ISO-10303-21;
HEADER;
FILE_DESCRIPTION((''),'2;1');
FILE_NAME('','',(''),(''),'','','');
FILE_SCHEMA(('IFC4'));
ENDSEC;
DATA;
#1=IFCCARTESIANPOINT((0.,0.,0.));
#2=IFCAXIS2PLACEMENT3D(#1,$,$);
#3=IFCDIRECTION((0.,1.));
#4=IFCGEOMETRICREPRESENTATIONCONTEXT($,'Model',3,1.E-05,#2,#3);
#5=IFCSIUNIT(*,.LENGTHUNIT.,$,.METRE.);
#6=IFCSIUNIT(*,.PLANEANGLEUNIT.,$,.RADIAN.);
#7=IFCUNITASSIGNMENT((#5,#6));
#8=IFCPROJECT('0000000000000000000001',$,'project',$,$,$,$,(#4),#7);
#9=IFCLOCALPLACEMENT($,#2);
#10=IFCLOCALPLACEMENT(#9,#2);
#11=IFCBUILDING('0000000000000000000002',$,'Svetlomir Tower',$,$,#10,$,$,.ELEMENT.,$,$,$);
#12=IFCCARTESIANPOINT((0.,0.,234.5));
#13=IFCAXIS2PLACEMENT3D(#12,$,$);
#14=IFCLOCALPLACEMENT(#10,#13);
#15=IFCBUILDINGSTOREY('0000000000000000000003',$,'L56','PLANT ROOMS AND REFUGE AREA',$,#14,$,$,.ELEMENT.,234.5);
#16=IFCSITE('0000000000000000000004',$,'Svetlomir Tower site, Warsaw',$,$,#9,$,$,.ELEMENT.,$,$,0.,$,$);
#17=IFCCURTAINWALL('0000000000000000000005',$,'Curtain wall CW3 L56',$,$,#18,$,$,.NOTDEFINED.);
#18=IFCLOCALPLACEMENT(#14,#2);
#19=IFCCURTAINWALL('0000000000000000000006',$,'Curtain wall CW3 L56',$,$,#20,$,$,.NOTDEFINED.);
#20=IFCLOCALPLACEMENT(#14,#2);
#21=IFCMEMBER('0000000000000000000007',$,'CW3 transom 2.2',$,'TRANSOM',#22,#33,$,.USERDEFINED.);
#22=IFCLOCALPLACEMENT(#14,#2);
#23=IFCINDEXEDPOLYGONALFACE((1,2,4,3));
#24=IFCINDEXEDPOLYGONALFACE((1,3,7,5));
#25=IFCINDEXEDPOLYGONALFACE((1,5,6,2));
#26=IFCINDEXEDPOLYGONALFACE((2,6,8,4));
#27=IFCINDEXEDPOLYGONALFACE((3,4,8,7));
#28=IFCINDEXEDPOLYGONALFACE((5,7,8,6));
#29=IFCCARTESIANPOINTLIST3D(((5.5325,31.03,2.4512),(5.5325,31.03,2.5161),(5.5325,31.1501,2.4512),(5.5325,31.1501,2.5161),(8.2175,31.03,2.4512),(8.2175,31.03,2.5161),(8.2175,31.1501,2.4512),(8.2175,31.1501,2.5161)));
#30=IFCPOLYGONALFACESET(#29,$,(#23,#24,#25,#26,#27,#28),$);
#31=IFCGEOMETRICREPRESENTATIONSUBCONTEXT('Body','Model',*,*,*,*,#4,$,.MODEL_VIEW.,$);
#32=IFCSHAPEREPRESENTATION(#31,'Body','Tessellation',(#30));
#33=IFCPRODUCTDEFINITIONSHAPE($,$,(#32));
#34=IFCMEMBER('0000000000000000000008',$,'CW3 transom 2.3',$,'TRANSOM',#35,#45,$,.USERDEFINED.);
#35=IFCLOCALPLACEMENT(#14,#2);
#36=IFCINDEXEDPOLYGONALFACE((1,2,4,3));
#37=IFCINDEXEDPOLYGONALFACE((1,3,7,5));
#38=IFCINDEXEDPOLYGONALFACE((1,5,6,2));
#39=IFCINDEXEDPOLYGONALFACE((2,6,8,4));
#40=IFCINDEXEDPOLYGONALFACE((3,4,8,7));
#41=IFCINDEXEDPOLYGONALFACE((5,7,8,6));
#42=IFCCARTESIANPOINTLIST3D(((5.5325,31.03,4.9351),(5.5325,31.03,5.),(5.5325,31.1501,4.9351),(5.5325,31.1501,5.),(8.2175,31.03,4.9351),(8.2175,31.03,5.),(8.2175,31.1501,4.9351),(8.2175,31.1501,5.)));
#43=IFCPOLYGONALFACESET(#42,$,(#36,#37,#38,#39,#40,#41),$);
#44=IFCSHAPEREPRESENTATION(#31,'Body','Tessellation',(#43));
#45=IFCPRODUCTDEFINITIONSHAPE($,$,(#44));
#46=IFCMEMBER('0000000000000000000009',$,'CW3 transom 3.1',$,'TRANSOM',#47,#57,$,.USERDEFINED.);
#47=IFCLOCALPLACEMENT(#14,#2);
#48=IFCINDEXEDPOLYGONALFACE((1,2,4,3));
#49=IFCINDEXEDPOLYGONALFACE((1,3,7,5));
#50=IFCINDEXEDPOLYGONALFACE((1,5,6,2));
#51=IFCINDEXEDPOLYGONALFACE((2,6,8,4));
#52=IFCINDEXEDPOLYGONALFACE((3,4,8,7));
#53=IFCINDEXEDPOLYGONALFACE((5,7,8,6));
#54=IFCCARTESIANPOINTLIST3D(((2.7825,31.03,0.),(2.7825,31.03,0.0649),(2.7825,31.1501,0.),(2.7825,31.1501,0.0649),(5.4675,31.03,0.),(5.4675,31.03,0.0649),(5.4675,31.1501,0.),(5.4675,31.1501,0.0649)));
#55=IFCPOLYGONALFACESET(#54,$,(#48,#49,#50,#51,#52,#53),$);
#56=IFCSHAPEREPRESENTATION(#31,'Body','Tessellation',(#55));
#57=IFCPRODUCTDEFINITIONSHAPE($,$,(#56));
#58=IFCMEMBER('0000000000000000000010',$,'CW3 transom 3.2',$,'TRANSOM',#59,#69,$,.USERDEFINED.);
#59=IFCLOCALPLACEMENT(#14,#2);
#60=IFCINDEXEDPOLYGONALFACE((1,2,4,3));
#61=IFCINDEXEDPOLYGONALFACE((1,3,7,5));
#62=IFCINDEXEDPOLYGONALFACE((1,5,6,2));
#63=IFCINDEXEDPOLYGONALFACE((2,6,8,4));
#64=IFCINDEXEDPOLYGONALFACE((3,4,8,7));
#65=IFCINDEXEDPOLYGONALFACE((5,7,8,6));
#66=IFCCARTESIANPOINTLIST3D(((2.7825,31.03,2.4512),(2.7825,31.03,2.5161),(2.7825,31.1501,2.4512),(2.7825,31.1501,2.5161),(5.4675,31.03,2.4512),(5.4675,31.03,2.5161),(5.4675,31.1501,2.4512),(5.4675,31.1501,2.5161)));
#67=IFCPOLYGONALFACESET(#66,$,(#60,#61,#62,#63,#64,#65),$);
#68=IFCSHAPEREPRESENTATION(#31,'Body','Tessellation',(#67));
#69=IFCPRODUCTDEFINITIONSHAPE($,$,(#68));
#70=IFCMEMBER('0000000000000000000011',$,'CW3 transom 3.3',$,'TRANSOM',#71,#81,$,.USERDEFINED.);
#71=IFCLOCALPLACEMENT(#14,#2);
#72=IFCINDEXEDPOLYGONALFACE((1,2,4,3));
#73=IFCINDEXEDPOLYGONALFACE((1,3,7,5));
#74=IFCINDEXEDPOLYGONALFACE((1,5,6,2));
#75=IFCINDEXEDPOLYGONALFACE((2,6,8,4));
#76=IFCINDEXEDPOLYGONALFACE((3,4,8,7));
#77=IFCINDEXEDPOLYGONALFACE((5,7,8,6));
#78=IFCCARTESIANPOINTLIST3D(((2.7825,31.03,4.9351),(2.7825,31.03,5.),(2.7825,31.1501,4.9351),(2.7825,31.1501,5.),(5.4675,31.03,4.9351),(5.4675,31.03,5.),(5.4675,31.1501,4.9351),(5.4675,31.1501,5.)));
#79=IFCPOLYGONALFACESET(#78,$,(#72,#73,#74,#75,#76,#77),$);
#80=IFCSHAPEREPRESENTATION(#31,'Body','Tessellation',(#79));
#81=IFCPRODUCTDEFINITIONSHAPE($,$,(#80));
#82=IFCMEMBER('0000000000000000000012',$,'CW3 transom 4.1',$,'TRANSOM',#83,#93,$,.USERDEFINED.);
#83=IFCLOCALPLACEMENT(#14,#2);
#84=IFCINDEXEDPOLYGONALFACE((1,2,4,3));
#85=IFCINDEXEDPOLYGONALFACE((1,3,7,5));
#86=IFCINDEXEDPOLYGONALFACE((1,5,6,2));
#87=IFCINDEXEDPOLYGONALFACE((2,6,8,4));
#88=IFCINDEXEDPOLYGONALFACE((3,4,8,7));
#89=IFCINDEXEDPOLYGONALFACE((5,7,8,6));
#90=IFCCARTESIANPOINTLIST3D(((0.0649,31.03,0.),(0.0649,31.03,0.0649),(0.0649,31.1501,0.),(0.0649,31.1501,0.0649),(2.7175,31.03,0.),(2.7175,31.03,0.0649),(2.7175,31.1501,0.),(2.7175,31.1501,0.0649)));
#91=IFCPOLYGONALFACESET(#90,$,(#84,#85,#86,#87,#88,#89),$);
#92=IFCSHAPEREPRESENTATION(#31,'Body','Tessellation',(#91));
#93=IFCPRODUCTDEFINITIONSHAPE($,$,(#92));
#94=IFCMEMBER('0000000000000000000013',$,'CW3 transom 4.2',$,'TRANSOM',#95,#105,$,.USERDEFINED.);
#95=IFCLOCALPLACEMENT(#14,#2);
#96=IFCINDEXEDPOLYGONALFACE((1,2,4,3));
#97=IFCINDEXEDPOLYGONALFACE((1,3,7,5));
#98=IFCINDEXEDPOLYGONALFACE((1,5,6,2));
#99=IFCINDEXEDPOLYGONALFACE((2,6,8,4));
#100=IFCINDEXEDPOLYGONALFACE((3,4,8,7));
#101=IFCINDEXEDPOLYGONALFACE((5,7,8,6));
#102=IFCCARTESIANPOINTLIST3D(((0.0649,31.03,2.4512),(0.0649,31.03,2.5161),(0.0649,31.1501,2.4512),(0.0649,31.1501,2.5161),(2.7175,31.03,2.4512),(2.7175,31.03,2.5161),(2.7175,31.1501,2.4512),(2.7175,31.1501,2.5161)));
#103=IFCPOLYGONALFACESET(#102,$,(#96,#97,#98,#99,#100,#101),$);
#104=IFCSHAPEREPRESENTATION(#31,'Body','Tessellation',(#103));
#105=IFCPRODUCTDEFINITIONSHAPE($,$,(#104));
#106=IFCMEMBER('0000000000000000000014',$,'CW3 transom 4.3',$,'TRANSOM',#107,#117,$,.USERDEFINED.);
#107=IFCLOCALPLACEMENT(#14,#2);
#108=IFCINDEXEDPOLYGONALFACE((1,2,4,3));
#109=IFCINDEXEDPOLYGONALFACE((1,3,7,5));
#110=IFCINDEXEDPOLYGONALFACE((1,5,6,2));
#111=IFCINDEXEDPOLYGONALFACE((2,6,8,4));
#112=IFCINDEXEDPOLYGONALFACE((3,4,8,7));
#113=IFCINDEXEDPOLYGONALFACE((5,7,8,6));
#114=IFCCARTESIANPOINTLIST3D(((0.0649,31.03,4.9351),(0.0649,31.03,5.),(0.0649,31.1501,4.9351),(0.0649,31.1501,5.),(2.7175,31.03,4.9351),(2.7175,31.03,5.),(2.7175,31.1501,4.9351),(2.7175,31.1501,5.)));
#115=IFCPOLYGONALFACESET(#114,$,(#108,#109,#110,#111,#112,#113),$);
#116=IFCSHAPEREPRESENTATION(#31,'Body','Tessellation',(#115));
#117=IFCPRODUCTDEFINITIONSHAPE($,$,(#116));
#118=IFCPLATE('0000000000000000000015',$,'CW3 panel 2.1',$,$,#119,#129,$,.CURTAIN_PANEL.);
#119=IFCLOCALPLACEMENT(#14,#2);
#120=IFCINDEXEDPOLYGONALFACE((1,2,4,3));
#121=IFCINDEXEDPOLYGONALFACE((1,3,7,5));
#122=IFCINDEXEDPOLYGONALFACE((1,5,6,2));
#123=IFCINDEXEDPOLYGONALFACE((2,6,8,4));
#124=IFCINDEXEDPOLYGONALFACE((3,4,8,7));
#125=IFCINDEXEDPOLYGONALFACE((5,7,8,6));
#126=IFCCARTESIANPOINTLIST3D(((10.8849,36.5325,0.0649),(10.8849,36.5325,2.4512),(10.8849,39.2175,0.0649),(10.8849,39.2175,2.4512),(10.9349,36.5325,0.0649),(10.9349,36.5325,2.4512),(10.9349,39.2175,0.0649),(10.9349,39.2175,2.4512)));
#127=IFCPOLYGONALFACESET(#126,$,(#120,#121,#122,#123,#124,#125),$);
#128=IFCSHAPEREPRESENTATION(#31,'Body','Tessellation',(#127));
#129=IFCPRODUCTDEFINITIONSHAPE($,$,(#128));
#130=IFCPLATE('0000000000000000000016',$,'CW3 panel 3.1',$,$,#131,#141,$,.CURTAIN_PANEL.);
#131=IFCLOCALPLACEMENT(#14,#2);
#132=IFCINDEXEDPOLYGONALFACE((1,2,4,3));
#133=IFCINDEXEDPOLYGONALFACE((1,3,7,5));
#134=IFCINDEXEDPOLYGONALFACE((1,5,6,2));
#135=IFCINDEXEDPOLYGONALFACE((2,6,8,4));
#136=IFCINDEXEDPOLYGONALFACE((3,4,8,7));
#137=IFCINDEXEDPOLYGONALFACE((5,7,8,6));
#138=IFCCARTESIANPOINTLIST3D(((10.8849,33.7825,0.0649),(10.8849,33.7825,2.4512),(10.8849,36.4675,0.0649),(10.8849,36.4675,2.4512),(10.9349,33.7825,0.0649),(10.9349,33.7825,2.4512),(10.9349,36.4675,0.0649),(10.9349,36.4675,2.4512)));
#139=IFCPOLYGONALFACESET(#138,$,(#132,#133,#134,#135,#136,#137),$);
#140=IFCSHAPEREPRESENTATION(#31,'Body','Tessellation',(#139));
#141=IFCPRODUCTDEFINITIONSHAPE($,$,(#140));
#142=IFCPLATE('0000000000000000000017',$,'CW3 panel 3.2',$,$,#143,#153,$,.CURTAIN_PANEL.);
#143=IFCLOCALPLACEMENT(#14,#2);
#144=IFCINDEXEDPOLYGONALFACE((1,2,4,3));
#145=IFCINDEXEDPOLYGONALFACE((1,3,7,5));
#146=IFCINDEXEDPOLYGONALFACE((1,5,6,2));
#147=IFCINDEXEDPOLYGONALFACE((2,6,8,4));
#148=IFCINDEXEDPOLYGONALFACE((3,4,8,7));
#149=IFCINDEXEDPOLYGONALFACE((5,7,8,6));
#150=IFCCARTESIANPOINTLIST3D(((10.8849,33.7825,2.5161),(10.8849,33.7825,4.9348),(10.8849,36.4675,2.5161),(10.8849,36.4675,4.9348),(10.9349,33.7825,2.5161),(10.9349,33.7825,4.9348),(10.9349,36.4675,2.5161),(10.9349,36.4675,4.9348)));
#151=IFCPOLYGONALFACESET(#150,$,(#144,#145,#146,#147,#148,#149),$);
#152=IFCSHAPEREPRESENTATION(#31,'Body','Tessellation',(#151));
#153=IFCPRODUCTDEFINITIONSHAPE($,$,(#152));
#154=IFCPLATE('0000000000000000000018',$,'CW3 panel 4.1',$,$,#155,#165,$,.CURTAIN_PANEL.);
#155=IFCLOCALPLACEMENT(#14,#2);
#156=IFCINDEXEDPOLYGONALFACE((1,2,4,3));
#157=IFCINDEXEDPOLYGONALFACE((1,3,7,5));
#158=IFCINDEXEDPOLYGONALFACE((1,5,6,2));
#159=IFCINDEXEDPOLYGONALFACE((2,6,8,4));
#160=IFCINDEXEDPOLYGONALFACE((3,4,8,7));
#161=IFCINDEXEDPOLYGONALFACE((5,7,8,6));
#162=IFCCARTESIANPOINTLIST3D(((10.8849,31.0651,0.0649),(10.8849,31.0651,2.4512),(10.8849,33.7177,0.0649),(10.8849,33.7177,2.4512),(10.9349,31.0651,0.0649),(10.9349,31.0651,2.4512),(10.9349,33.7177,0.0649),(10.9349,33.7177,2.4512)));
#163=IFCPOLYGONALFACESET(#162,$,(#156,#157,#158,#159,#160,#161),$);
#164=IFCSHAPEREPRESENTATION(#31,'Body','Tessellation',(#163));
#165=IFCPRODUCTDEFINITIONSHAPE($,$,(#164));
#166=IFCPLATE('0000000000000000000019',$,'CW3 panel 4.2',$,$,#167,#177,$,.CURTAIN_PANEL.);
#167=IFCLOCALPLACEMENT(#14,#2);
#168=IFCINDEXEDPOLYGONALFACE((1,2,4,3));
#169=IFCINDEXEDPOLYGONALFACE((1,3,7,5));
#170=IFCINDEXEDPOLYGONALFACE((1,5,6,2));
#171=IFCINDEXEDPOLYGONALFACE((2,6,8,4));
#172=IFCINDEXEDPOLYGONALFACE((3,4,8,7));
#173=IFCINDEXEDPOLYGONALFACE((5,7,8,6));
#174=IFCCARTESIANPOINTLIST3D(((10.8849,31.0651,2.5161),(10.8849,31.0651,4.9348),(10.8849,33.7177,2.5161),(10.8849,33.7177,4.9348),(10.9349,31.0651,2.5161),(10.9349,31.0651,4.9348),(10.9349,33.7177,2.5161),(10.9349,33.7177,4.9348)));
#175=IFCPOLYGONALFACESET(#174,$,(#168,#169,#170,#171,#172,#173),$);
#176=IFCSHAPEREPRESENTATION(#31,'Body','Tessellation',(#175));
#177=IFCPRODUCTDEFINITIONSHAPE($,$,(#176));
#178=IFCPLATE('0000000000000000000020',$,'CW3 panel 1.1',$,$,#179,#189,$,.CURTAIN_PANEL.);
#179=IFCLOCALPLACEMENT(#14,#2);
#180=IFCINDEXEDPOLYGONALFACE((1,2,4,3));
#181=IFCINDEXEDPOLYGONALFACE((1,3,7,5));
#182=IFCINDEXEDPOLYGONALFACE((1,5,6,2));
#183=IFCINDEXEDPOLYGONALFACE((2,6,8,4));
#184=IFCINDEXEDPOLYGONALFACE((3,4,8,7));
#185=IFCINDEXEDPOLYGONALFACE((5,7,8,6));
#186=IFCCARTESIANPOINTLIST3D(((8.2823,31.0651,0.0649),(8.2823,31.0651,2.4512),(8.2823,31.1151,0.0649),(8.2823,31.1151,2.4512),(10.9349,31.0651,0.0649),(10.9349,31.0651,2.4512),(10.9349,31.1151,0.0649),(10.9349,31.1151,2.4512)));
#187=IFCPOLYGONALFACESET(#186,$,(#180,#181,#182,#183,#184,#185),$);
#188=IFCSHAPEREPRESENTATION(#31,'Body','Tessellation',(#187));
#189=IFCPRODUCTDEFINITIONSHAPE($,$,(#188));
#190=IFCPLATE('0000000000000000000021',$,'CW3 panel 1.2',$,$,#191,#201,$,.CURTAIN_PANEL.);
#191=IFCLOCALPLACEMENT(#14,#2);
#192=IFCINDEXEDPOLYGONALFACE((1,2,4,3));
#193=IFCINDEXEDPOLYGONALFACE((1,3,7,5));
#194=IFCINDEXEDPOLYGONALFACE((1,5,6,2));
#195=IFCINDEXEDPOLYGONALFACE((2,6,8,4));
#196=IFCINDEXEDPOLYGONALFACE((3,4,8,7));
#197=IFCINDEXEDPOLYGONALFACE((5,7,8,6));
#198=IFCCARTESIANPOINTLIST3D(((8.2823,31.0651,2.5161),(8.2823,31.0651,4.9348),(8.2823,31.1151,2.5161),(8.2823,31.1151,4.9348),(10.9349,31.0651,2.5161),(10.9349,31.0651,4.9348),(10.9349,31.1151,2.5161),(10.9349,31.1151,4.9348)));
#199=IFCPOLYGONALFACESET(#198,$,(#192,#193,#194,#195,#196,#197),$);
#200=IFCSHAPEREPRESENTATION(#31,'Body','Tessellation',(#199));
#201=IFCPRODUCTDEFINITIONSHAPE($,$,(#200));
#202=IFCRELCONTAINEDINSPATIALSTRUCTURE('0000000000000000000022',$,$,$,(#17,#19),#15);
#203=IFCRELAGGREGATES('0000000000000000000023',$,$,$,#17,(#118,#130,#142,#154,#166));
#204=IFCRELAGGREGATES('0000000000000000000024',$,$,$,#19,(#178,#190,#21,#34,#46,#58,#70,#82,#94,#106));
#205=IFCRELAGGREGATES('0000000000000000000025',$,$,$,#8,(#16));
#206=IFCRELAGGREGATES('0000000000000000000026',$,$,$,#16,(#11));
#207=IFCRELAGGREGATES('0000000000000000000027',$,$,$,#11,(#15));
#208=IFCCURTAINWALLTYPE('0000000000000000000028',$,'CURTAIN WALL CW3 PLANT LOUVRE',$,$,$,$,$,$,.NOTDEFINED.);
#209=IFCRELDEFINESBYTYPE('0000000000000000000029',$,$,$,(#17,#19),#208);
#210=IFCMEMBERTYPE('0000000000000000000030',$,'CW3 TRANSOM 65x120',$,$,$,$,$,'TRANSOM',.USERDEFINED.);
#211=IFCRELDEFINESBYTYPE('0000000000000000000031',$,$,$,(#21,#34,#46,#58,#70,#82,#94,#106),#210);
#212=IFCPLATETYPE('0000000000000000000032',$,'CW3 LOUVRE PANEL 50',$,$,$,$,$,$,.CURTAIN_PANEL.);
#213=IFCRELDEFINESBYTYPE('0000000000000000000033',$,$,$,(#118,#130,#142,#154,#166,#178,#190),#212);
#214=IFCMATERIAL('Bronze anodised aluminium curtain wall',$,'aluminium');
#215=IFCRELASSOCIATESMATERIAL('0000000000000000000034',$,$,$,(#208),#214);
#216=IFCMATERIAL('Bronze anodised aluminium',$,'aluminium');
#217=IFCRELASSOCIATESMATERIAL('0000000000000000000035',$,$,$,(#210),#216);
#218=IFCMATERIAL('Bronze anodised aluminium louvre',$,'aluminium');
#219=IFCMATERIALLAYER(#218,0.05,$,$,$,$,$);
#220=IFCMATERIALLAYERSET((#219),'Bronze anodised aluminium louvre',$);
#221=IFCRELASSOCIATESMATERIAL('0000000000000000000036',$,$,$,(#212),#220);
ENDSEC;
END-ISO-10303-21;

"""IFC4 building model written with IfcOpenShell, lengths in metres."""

from ifc_helpers import new_model, si_unit, direction, frame, origin, origin_2d, place, context, subcontext, project, spatial, rectangle, extrude, material, layer, layer_set, material_profile, profile_set, type_object, element, aggregate, save


model = new_model("IFC4")

# Units and contexts
model_context = context("Model", 3, precision=1e-05, world=origin(), true_north=direction((0.0, 1.0)))
body_context = subcontext(model_context, "Body", "Model", "MODEL_VIEW")
ifc_project = project(units=[si_unit("LENGTHUNIT", "METRE"), si_unit("PLANEANGLEUNIT", "RADIAN")], contexts=[model_context])

# Site, building, storey
site_placement = place(None, origin())
site = spatial("IfcSite", under=ifc_project, at=site_placement, Name="Svetlomir Tower site, Warsaw", CompositionType="ELEMENT", RefElevation=0.0)
building_placement = place(site_placement, origin())
building = spatial("IfcBuilding", under=site, at=building_placement, Name="Svetlomir Tower", CompositionType="ELEMENT")
storey_placement = place(building_placement, frame((0.0, 0.0, 234.5)))
storey = spatial("IfcBuildingStorey", under=building, at=storey_placement, Name="L56", Description="PLANT ROOMS AND REFUGE AREA", CompositionType="ELEMENT", Elevation=234.5)

# Curtain walls
ifc_material_1 = material(Name="Bronze anodised aluminium curtain wall", Category="aluminium")
curtain_wall_type = type_object("IfcCurtainWallType", Name="CURTAIN WALL CW3 PLANT LOUVRE", PredefinedType="NOTDEFINED", material=ifc_material_1)
curtain_wall_1_placement = place(storey_placement, origin())
curtain_wall_1 = element("IfcCurtainWall", 1, at=curtain_wall_1_placement, inside=storey, type_object=curtain_wall_type, Name="Curtain wall CW3 L56", PredefinedType="NOTDEFINED")
curtain_wall_2_placement = place(storey_placement, origin())
curtain_wall_2 = element("IfcCurtainWall", 2, at=curtain_wall_2_placement, inside=storey, type_object=curtain_wall_type, Name="Curtain wall CW3 L56", PredefinedType="NOTDEFINED")

# Members
ifc_material_2 = material(Name="Bronze anodised aluminium", Category="aluminium")
ifc_material_profile_1 = material_profile(ifc_material_2, rectangle(XDim=0.1201, YDim=0.0649, at=origin_2d()), Name="AL 120x65")
ifc_profile_set_1 = profile_set([ifc_material_profile_1], Name="Bronze anodised aluminium 6063-T6")
member_type_1 = type_object("IfcMemberType", Name="CW3 TRANSOM 65x120", ElementType="TRANSOM", PredefinedType="USERDEFINED", material=ifc_profile_set_1)
member_1_placement = place(storey_placement, frame((8.2175, 31.0901, 2.4836), z_axis=(-1.0, 0.0, 0.0), x_axis=(0.0, -1.0, 0.0)))
member_1 = element("IfcMember", 3, at=member_1_placement, type_object=member_type_1, Name="CW3 transom 2.2", ObjectType="TRANSOM", PredefinedType="USERDEFINED", context=body_context, shape_type="SweptSolid", body=[
    extrude(rectangle(XDim=0.1201, YDim=0.0649, at=origin_2d()), origin(), (0.0, 0.0, 1.0), 2.6851),
])
member_2_placement = place(storey_placement, frame((8.2175, 31.0901, 4.9675), z_axis=(-1.0, 0.0, 0.0), x_axis=(0.0, -1.0, 0.0)))
member_2 = element("IfcMember", 4, at=member_2_placement, type_object=member_type_1, Name="CW3 transom 2.3", ObjectType="TRANSOM", PredefinedType="USERDEFINED", context=body_context, shape_type="SweptSolid", body=[
    extrude(rectangle(XDim=0.1201, YDim=0.0649, at=origin_2d()), origin(), (0.0, 0.0, 1.0), 2.6851),
])
member_3_placement = place(storey_placement, frame((5.4675, 31.0901, 0.0325), z_axis=(-1.0, 0.0, 0.0), x_axis=(0.0, -1.0, 0.0)))
member_3 = element("IfcMember", 5, at=member_3_placement, type_object=member_type_1, Name="CW3 transom 3.1", ObjectType="TRANSOM", PredefinedType="USERDEFINED", context=body_context, shape_type="SweptSolid", body=[
    extrude(rectangle(XDim=0.1201, YDim=0.0649, at=origin_2d()), origin(), (0.0, 0.0, 1.0), 2.6851),
])
member_4_placement = place(storey_placement, frame((5.4675, 31.0901, 2.4836), z_axis=(-1.0, 0.0, 0.0), x_axis=(0.0, -1.0, 0.0)))
member_4 = element("IfcMember", 6, at=member_4_placement, type_object=member_type_1, Name="CW3 transom 3.2", ObjectType="TRANSOM", PredefinedType="USERDEFINED", context=body_context, shape_type="SweptSolid", body=[
    extrude(rectangle(XDim=0.1201, YDim=0.0649, at=origin_2d()), origin(), (0.0, 0.0, 1.0), 2.6851),
])
member_5_placement = place(storey_placement, frame((5.4675, 31.0901, 4.9675), z_axis=(-1.0, 0.0, 0.0), x_axis=(0.0, -1.0, 0.0)))
member_5 = element("IfcMember", 7, at=member_5_placement, type_object=member_type_1, Name="CW3 transom 3.3", ObjectType="TRANSOM", PredefinedType="USERDEFINED", context=body_context, shape_type="SweptSolid", body=[
    extrude(rectangle(XDim=0.1201, YDim=0.0649, at=origin_2d()), origin(), (0.0, 0.0, 1.0), 2.6851),
])
member_6_placement = place(storey_placement, frame((2.7175, 31.0901, 0.0325), z_axis=(-1.0, 0.0, 0.0), x_axis=(0.0, -1.0, 0.0)))
member_6 = element("IfcMember", 8, at=member_6_placement, type_object=member_type_1, Name="CW3 transom 4.1", ObjectType="TRANSOM", PredefinedType="USERDEFINED", context=body_context, shape_type="SweptSolid", body=[
    extrude(rectangle(XDim=0.1201, YDim=0.0649, at=origin_2d()), origin(), (0.0, 0.0, 1.0), 2.6526),
])
member_7_placement = place(storey_placement, frame((2.7175, 31.0901, 2.4836), z_axis=(-1.0, 0.0, 0.0), x_axis=(0.0, -1.0, 0.0)))
member_7 = element("IfcMember", 9, at=member_7_placement, type_object=member_type_1, Name="CW3 transom 4.2", ObjectType="TRANSOM", PredefinedType="USERDEFINED", context=body_context, shape_type="SweptSolid", body=[
    extrude(rectangle(XDim=0.1201, YDim=0.0649, at=origin_2d()), origin(), (0.0, 0.0, 1.0), 2.6526),
])
member_8_placement = place(storey_placement, frame((2.7175, 31.0901, 4.9675), z_axis=(-1.0, 0.0, 0.0), x_axis=(0.0, -1.0, 0.0)))
member_8 = element("IfcMember", 10, at=member_8_placement, type_object=member_type_1, Name="CW3 transom 4.3", ObjectType="TRANSOM", PredefinedType="USERDEFINED", context=body_context, shape_type="SweptSolid", body=[
    extrude(rectangle(XDim=0.1201, YDim=0.0649, at=origin_2d()), origin(), (0.0, 0.0, 1.0), 2.6526),
])

# Plates
ifc_material_3 = material(Name="Bronze anodised aluminium louvre", Category="aluminium")
ifc_layer = layer(ifc_material_3, 0.05)
ifc_layer_set = layer_set([ifc_layer], Name="Bronze anodised aluminium louvre")
plate_type = type_object("IfcPlateType", Name="CW3 LOUVRE PANEL 50", PredefinedType="CURTAIN_PANEL", material=ifc_layer_set)
plate_1_placement = place(storey_placement, frame((10.9099, 37.875, 0.0649), z_axis=(0.0, 0.0, 1.0), x_axis=(0.0, -1.0, 0.0)))
plate_1 = element("IfcPlate", 11, at=plate_1_placement, type_object=plate_type, Name="CW3 panel 2.1", PredefinedType="CURTAIN_PANEL", context=body_context, shape_type="SweptSolid", body=[
    extrude(rectangle(XDim=2.6851, YDim=0.05, at=origin_2d()), origin(), (0.0, 0.0, 1.0), 2.3862),
])
plate_2_placement = place(storey_placement, frame((10.9099, 35.125, 0.0649), z_axis=(0.0, 0.0, 1.0), x_axis=(0.0, -1.0, 0.0)))
plate_2 = element("IfcPlate", 12, at=plate_2_placement, type_object=plate_type, Name="CW3 panel 3.1", PredefinedType="CURTAIN_PANEL", context=body_context, shape_type="SweptSolid", body=[
    extrude(rectangle(XDim=2.6851, YDim=0.05, at=origin_2d()), origin(), (0.0, 0.0, 1.0), 2.3862),
])
plate_3_placement = place(storey_placement, frame((10.9099, 35.125, 2.5161), z_axis=(0.0, 0.0, 1.0), x_axis=(0.0, -1.0, 0.0)))
plate_3 = element("IfcPlate", 13, at=plate_3_placement, type_object=plate_type, Name="CW3 panel 3.2", PredefinedType="CURTAIN_PANEL", context=body_context, shape_type="SweptSolid", body=[
    extrude(rectangle(XDim=2.6851, YDim=0.05, at=origin_2d()), origin(), (0.0, 0.0, 1.0), 2.4187),
])
plate_4_placement = place(storey_placement, frame((10.9099, 32.3914, 0.0649), z_axis=(0.0, 0.0, 1.0), x_axis=(0.0, -1.0, 0.0)))
plate_4 = element("IfcPlate", 14, at=plate_4_placement, type_object=plate_type, Name="CW3 panel 4.1", PredefinedType="CURTAIN_PANEL", context=body_context, shape_type="SweptSolid", body=[
    extrude(rectangle(XDim=2.6526, YDim=0.05, at=origin_2d()), origin(), (0.0, 0.0, 1.0), 2.3862),
])
plate_5_placement = place(storey_placement, frame((10.9099, 32.3914, 2.5161), z_axis=(0.0, 0.0, 1.0), x_axis=(0.0, -1.0, 0.0)))
plate_5 = element("IfcPlate", 15, at=plate_5_placement, type_object=plate_type, Name="CW3 panel 4.2", PredefinedType="CURTAIN_PANEL", context=body_context, shape_type="SweptSolid", body=[
    extrude(rectangle(XDim=2.6526, YDim=0.05, at=origin_2d()), origin(), (0.0, 0.0, 1.0), 2.4187),
])
aggregate(curtain_wall_1, [plate_1, plate_2, plate_3, plate_4, plate_5])
plate_6_placement = place(storey_placement, frame((9.6086, 31.0901, 0.0649), z_axis=(0.0, 0.0, 1.0), x_axis=(-1.0, 0.0, 0.0)))
plate_6 = element("IfcPlate", 16, at=plate_6_placement, type_object=plate_type, Name="CW3 panel 1.1", PredefinedType="CURTAIN_PANEL", context=body_context, shape_type="SweptSolid", body=[
    extrude(rectangle(XDim=2.6526, YDim=0.05, at=origin_2d()), origin(), (0.0, 0.0, 1.0), 2.3862),
])
plate_7_placement = place(storey_placement, frame((9.6086, 31.0901, 2.5161), z_axis=(0.0, 0.0, 1.0), x_axis=(-1.0, 0.0, 0.0)))
plate_7 = element("IfcPlate", 17, at=plate_7_placement, type_object=plate_type, Name="CW3 panel 1.2", PredefinedType="CURTAIN_PANEL", context=body_context, shape_type="SweptSolid", body=[
    extrude(rectangle(XDim=2.6526, YDim=0.05, at=origin_2d()), origin(), (0.0, 0.0, 1.0), 2.4187),
])
aggregate(curtain_wall_2, [plate_6, plate_7, member_1, member_2, member_3, member_4, member_5, member_6, member_7, member_8])

save(model, "model.ifc")
